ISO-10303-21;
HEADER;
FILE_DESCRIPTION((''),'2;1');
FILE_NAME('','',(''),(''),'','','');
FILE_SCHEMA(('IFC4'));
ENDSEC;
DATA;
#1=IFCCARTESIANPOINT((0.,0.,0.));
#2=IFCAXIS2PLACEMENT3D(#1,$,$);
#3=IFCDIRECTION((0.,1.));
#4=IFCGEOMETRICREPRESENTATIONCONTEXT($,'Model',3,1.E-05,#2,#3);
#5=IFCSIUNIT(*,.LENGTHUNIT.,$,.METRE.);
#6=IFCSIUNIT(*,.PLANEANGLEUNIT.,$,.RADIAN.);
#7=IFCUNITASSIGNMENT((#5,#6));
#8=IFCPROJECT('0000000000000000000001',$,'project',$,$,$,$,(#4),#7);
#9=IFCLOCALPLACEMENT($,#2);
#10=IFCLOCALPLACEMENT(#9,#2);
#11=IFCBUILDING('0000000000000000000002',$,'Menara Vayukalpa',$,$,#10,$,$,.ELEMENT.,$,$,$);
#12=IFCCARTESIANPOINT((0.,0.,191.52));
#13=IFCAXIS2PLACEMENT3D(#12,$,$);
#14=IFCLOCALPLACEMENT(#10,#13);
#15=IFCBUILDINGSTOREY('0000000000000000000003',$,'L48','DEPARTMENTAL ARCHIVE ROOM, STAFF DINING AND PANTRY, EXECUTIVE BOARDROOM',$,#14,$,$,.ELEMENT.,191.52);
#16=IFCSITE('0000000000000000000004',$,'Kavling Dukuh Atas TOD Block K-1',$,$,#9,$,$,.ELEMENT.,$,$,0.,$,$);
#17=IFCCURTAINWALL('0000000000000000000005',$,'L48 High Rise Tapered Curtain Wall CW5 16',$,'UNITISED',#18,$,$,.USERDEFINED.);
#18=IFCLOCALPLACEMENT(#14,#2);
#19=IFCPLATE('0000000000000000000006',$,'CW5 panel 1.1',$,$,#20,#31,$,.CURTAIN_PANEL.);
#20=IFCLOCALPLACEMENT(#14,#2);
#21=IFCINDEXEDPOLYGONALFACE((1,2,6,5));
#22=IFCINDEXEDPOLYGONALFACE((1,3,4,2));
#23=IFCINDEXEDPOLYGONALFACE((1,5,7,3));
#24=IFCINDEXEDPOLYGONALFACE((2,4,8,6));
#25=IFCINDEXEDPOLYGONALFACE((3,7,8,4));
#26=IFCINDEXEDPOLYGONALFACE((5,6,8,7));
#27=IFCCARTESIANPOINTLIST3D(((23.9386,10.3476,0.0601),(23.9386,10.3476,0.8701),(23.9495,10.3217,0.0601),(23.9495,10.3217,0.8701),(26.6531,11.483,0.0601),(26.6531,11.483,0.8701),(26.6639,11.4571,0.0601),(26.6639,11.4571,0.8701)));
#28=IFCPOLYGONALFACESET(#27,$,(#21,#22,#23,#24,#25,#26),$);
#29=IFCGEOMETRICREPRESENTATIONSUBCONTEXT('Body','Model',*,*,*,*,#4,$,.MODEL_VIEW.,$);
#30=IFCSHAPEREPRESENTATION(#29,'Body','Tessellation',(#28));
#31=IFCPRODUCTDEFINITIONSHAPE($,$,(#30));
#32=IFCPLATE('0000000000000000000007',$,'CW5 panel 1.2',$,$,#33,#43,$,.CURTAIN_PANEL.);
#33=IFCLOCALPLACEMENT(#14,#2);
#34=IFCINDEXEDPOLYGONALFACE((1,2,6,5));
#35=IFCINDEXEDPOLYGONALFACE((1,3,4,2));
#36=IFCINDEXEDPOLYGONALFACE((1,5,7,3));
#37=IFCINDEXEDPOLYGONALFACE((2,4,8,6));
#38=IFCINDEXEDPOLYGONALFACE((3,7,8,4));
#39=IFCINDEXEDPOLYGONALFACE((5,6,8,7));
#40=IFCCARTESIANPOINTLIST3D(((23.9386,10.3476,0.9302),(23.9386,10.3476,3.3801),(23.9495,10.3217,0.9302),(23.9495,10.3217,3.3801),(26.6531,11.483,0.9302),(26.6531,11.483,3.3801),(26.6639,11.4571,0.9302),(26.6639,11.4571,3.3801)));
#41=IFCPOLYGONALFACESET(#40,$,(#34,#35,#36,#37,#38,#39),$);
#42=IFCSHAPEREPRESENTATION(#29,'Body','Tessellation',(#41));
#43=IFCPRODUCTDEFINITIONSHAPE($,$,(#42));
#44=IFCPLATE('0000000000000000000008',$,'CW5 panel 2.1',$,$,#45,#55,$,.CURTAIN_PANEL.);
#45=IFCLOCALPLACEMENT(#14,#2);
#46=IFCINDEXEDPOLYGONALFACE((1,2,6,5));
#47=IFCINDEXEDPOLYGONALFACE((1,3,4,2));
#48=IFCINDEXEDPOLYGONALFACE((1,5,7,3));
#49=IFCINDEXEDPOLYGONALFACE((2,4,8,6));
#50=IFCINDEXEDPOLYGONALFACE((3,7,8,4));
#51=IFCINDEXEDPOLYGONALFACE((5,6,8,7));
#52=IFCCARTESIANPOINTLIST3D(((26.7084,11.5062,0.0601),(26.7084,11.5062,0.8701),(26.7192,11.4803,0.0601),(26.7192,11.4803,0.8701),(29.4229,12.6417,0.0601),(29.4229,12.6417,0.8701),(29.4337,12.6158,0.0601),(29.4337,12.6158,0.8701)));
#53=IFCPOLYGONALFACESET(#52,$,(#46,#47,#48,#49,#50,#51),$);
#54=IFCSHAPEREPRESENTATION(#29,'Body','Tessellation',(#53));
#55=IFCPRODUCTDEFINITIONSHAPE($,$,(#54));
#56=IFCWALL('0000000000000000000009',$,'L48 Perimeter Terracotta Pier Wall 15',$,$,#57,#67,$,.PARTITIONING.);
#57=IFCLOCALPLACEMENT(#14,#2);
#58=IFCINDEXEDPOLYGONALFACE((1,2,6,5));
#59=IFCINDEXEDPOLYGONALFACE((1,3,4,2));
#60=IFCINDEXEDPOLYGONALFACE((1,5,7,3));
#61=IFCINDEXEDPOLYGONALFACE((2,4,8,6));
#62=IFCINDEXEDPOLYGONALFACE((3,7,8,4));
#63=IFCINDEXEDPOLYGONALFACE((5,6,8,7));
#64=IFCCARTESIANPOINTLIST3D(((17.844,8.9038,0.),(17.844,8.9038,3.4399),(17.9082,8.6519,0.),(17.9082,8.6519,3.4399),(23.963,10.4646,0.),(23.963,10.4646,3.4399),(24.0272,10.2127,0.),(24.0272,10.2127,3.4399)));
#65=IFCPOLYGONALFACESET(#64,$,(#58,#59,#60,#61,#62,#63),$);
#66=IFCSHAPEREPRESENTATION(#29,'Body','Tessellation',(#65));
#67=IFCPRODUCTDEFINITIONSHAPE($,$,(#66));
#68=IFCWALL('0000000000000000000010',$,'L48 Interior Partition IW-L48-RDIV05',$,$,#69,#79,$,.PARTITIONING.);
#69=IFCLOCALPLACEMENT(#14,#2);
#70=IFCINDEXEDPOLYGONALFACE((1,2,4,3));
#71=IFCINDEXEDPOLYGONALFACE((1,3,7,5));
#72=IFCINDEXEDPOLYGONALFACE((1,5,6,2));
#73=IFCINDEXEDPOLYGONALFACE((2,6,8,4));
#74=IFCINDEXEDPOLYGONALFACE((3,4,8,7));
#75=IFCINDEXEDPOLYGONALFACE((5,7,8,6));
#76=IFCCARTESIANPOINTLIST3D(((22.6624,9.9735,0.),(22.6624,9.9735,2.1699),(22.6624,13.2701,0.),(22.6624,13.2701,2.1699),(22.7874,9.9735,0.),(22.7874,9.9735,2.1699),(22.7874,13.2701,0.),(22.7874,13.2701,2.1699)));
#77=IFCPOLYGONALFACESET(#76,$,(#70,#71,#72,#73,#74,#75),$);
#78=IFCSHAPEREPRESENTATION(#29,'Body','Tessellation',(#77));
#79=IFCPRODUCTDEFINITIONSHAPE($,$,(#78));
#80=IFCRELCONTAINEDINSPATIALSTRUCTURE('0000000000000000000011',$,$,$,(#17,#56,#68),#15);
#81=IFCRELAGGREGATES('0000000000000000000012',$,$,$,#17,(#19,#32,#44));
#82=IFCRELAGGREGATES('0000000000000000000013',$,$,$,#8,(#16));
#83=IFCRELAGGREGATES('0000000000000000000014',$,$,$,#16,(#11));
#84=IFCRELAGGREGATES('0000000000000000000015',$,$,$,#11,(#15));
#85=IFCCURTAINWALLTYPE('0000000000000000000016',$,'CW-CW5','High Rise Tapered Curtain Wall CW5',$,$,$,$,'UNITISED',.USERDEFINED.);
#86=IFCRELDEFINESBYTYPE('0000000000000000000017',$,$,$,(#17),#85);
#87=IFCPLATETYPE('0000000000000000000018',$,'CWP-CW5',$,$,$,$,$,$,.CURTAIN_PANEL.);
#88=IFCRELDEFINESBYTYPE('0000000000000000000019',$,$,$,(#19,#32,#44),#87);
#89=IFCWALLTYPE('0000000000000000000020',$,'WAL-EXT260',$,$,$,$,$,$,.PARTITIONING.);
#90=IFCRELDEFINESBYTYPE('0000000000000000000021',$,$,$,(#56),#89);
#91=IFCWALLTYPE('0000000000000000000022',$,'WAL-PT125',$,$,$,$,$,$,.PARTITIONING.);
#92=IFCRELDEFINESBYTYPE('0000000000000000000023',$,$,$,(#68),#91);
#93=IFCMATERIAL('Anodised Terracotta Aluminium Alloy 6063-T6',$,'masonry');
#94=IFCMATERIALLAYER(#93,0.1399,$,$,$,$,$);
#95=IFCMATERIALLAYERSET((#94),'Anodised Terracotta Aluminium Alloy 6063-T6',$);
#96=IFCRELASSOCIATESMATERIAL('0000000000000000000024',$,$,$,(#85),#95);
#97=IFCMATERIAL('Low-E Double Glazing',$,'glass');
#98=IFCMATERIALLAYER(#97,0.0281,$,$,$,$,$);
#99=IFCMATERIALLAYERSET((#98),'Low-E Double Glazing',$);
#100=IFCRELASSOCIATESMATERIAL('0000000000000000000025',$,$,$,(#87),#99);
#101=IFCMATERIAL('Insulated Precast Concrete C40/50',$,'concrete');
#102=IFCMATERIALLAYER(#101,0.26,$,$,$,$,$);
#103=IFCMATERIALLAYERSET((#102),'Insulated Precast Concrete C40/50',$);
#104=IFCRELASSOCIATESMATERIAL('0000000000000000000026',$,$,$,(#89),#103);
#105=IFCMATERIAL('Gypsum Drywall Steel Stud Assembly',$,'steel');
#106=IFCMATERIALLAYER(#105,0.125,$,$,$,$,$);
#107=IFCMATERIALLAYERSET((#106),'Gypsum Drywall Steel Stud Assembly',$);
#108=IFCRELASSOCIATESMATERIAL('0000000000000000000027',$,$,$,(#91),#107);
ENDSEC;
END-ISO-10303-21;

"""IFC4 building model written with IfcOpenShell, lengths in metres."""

from ifc_helpers import new_model, si_unit, direction, frame, frame_2d, origin, origin_2d, place, context, subcontext, project, spatial, rectangle, extrude, material, layer, layer_set, type_object, element, aggregate, save


model = new_model("IFC4")

# Units and contexts
model_context = context("Model", 3, precision=1e-05, world=origin(), true_north=direction((0.0, 1.0)))
body_context = subcontext(model_context, "Body", "Model", "MODEL_VIEW")
ifc_project = project(units=[si_unit("LENGTHUNIT", "METRE"), si_unit("PLANEANGLEUNIT", "RADIAN")], contexts=[model_context])

# Site, building, storey
site_placement = place(None, origin())
site = spatial("IfcSite", under=ifc_project, at=site_placement, Name="Kavling Dukuh Atas TOD Block K-1", CompositionType="ELEMENT", RefElevation=0.0)
building_placement = place(site_placement, origin())
building = spatial("IfcBuilding", under=site, at=building_placement, Name="Menara Vayukalpa", CompositionType="ELEMENT")
storey_placement = place(building_placement, frame((0.0, 0.0, 191.52)))
storey = spatial("IfcBuildingStorey", under=building, at=storey_placement, Name="L48", Description="DEPARTMENTAL ARCHIVE ROOM, STAFF DINING AND PANTRY, EXECUTIVE BOARDROOM", CompositionType="ELEMENT", Elevation=191.52)

# Curtain wall, plates
ifc_material_1 = material(Name="Anodised Terracotta Aluminium Alloy 6063-T6", Category="masonry")
ifc_layer_1 = layer(ifc_material_1, 0.1399)
ifc_layer_set_1 = layer_set([ifc_layer_1], Name="Anodised Terracotta Aluminium Alloy 6063-T6")
curtain_wall_type = type_object("IfcCurtainWallType", Name="CW-CW5", Description="High Rise Tapered Curtain Wall CW5", ElementType="UNITISED", PredefinedType="USERDEFINED", material=ifc_layer_set_1)
curtain_wall_placement = place(storey_placement, origin())
curtain_wall = element("IfcCurtainWall", 1, at=curtain_wall_placement, inside=storey, type_object=curtain_wall_type, Name="L48 High Rise Tapered Curtain Wall CW5 16", ObjectType="UNITISED", PredefinedType="USERDEFINED")
ifc_material_2 = material(Name="Low-E Double Glazing", Category="glass")
ifc_layer_2 = layer(ifc_material_2, 0.0281)
ifc_layer_set_2 = layer_set([ifc_layer_2], Name="Low-E Double Glazing")
plate_type = type_object("IfcPlateType", Name="CWP-CW5", PredefinedType="CURTAIN_PANEL", material=ifc_layer_set_2)
plate_1_placement = place(storey_placement, frame((25.3013, 10.9023, 0.0601), z_axis=(0.0, 0.0, 1.0), x_axis=(0.922539, 0.385903, 0.0)))
plate_1 = element("IfcPlate", 2, at=plate_1_placement, type_object=plate_type, Name="CW5 panel 1.1", PredefinedType="CURTAIN_PANEL", context=body_context, shape_type="SweptSolid", body=[
    extrude(rectangle(XDim=2.9424, YDim=0.0281, at=origin_2d()), origin(), (0.0, 0.0, 1.0), 0.8101),
])
plate_2_placement = place(storey_placement, frame((25.3013, 10.9023, 0.9302), z_axis=(0.0, 0.0, 1.0), x_axis=(0.922539, 0.385903, 0.0)))
plate_2 = element("IfcPlate", 3, at=plate_2_placement, type_object=plate_type, Name="CW5 panel 1.2", PredefinedType="CURTAIN_PANEL", context=body_context, shape_type="SweptSolid", body=[
    extrude(rectangle(XDim=2.9424, YDim=0.0281, at=origin_2d()), origin(), (0.0, 0.0, 1.0), 2.45),
])
plate_3_placement = place(storey_placement, frame((28.071, 12.061, 0.0601), z_axis=(0.0, 0.0, 1.0), x_axis=(0.922539, 0.385903, 0.0)))
plate_3 = element("IfcPlate", 4, at=plate_3_placement, type_object=plate_type, Name="CW5 panel 2.1", PredefinedType="CURTAIN_PANEL", context=body_context, shape_type="SweptSolid", body=[
    extrude(rectangle(XDim=2.9424, YDim=0.0281, at=origin_2d()), origin(), (0.0, 0.0, 1.0), 0.8101),
])
aggregate(curtain_wall, [plate_1, plate_2, plate_3])

# Walls
ifc_material_3 = material(Name="Insulated Precast Concrete C40/50", Category="concrete")
ifc_layer_3 = layer(ifc_material_3, 0.26)
ifc_layer_set_3 = layer_set([ifc_layer_3], Name="Insulated Precast Concrete C40/50")
wall_type_1 = type_object("IfcWallType", Name="WAL-EXT260", PredefinedType="PARTITIONING", material=ifc_layer_set_3)
wall_1_placement = place(storey_placement, frame((23.9951, 10.3386, 0.0), z_axis=(0.0, 0.0, 1.0), x_axis=(-0.968976, -0.247154, 0.0)))
element("IfcWall", 5, at=wall_1_placement, inside=storey, type_object=wall_type_1, Name="L48 Perimeter Terracotta Pier Wall 15", PredefinedType="PARTITIONING", context=body_context, shape_type="SweptSolid", body=[
    extrude(rectangle(XDim=6.3149, YDim=0.26, at=frame_2d((3.1575, 0.0))), origin(), (0.0, 0.0, 1.0), 3.4399),
])
ifc_material_4 = material(Name="Gypsum Drywall Steel Stud Assembly", Category="steel")
ifc_layer_4 = layer(ifc_material_4, 0.125)
ifc_layer_set_4 = layer_set([ifc_layer_4], Name="Gypsum Drywall Steel Stud Assembly")
wall_type_2 = type_object("IfcWallType", Name="WAL-PT125", PredefinedType="PARTITIONING", material=ifc_layer_set_4)
wall_2_placement = place(storey_placement, frame((22.7249, 9.9734, 0.0), z_axis=(0.0, 0.0, 1.0), x_axis=(0.0, 1.0, 0.0)))
element("IfcWall", 6, at=wall_2_placement, inside=storey, type_object=wall_type_2, Name="L48 Interior Partition IW-L48-RDIV05", PredefinedType="PARTITIONING", context=body_context, shape_type="SweptSolid", body=[
    extrude(rectangle(XDim=3.2966, YDim=0.125, at=frame_2d((1.6484, 0.0))), origin(), (0.0, 0.0, 1.0), 2.1699),
])

save(model, "model.ifc")
